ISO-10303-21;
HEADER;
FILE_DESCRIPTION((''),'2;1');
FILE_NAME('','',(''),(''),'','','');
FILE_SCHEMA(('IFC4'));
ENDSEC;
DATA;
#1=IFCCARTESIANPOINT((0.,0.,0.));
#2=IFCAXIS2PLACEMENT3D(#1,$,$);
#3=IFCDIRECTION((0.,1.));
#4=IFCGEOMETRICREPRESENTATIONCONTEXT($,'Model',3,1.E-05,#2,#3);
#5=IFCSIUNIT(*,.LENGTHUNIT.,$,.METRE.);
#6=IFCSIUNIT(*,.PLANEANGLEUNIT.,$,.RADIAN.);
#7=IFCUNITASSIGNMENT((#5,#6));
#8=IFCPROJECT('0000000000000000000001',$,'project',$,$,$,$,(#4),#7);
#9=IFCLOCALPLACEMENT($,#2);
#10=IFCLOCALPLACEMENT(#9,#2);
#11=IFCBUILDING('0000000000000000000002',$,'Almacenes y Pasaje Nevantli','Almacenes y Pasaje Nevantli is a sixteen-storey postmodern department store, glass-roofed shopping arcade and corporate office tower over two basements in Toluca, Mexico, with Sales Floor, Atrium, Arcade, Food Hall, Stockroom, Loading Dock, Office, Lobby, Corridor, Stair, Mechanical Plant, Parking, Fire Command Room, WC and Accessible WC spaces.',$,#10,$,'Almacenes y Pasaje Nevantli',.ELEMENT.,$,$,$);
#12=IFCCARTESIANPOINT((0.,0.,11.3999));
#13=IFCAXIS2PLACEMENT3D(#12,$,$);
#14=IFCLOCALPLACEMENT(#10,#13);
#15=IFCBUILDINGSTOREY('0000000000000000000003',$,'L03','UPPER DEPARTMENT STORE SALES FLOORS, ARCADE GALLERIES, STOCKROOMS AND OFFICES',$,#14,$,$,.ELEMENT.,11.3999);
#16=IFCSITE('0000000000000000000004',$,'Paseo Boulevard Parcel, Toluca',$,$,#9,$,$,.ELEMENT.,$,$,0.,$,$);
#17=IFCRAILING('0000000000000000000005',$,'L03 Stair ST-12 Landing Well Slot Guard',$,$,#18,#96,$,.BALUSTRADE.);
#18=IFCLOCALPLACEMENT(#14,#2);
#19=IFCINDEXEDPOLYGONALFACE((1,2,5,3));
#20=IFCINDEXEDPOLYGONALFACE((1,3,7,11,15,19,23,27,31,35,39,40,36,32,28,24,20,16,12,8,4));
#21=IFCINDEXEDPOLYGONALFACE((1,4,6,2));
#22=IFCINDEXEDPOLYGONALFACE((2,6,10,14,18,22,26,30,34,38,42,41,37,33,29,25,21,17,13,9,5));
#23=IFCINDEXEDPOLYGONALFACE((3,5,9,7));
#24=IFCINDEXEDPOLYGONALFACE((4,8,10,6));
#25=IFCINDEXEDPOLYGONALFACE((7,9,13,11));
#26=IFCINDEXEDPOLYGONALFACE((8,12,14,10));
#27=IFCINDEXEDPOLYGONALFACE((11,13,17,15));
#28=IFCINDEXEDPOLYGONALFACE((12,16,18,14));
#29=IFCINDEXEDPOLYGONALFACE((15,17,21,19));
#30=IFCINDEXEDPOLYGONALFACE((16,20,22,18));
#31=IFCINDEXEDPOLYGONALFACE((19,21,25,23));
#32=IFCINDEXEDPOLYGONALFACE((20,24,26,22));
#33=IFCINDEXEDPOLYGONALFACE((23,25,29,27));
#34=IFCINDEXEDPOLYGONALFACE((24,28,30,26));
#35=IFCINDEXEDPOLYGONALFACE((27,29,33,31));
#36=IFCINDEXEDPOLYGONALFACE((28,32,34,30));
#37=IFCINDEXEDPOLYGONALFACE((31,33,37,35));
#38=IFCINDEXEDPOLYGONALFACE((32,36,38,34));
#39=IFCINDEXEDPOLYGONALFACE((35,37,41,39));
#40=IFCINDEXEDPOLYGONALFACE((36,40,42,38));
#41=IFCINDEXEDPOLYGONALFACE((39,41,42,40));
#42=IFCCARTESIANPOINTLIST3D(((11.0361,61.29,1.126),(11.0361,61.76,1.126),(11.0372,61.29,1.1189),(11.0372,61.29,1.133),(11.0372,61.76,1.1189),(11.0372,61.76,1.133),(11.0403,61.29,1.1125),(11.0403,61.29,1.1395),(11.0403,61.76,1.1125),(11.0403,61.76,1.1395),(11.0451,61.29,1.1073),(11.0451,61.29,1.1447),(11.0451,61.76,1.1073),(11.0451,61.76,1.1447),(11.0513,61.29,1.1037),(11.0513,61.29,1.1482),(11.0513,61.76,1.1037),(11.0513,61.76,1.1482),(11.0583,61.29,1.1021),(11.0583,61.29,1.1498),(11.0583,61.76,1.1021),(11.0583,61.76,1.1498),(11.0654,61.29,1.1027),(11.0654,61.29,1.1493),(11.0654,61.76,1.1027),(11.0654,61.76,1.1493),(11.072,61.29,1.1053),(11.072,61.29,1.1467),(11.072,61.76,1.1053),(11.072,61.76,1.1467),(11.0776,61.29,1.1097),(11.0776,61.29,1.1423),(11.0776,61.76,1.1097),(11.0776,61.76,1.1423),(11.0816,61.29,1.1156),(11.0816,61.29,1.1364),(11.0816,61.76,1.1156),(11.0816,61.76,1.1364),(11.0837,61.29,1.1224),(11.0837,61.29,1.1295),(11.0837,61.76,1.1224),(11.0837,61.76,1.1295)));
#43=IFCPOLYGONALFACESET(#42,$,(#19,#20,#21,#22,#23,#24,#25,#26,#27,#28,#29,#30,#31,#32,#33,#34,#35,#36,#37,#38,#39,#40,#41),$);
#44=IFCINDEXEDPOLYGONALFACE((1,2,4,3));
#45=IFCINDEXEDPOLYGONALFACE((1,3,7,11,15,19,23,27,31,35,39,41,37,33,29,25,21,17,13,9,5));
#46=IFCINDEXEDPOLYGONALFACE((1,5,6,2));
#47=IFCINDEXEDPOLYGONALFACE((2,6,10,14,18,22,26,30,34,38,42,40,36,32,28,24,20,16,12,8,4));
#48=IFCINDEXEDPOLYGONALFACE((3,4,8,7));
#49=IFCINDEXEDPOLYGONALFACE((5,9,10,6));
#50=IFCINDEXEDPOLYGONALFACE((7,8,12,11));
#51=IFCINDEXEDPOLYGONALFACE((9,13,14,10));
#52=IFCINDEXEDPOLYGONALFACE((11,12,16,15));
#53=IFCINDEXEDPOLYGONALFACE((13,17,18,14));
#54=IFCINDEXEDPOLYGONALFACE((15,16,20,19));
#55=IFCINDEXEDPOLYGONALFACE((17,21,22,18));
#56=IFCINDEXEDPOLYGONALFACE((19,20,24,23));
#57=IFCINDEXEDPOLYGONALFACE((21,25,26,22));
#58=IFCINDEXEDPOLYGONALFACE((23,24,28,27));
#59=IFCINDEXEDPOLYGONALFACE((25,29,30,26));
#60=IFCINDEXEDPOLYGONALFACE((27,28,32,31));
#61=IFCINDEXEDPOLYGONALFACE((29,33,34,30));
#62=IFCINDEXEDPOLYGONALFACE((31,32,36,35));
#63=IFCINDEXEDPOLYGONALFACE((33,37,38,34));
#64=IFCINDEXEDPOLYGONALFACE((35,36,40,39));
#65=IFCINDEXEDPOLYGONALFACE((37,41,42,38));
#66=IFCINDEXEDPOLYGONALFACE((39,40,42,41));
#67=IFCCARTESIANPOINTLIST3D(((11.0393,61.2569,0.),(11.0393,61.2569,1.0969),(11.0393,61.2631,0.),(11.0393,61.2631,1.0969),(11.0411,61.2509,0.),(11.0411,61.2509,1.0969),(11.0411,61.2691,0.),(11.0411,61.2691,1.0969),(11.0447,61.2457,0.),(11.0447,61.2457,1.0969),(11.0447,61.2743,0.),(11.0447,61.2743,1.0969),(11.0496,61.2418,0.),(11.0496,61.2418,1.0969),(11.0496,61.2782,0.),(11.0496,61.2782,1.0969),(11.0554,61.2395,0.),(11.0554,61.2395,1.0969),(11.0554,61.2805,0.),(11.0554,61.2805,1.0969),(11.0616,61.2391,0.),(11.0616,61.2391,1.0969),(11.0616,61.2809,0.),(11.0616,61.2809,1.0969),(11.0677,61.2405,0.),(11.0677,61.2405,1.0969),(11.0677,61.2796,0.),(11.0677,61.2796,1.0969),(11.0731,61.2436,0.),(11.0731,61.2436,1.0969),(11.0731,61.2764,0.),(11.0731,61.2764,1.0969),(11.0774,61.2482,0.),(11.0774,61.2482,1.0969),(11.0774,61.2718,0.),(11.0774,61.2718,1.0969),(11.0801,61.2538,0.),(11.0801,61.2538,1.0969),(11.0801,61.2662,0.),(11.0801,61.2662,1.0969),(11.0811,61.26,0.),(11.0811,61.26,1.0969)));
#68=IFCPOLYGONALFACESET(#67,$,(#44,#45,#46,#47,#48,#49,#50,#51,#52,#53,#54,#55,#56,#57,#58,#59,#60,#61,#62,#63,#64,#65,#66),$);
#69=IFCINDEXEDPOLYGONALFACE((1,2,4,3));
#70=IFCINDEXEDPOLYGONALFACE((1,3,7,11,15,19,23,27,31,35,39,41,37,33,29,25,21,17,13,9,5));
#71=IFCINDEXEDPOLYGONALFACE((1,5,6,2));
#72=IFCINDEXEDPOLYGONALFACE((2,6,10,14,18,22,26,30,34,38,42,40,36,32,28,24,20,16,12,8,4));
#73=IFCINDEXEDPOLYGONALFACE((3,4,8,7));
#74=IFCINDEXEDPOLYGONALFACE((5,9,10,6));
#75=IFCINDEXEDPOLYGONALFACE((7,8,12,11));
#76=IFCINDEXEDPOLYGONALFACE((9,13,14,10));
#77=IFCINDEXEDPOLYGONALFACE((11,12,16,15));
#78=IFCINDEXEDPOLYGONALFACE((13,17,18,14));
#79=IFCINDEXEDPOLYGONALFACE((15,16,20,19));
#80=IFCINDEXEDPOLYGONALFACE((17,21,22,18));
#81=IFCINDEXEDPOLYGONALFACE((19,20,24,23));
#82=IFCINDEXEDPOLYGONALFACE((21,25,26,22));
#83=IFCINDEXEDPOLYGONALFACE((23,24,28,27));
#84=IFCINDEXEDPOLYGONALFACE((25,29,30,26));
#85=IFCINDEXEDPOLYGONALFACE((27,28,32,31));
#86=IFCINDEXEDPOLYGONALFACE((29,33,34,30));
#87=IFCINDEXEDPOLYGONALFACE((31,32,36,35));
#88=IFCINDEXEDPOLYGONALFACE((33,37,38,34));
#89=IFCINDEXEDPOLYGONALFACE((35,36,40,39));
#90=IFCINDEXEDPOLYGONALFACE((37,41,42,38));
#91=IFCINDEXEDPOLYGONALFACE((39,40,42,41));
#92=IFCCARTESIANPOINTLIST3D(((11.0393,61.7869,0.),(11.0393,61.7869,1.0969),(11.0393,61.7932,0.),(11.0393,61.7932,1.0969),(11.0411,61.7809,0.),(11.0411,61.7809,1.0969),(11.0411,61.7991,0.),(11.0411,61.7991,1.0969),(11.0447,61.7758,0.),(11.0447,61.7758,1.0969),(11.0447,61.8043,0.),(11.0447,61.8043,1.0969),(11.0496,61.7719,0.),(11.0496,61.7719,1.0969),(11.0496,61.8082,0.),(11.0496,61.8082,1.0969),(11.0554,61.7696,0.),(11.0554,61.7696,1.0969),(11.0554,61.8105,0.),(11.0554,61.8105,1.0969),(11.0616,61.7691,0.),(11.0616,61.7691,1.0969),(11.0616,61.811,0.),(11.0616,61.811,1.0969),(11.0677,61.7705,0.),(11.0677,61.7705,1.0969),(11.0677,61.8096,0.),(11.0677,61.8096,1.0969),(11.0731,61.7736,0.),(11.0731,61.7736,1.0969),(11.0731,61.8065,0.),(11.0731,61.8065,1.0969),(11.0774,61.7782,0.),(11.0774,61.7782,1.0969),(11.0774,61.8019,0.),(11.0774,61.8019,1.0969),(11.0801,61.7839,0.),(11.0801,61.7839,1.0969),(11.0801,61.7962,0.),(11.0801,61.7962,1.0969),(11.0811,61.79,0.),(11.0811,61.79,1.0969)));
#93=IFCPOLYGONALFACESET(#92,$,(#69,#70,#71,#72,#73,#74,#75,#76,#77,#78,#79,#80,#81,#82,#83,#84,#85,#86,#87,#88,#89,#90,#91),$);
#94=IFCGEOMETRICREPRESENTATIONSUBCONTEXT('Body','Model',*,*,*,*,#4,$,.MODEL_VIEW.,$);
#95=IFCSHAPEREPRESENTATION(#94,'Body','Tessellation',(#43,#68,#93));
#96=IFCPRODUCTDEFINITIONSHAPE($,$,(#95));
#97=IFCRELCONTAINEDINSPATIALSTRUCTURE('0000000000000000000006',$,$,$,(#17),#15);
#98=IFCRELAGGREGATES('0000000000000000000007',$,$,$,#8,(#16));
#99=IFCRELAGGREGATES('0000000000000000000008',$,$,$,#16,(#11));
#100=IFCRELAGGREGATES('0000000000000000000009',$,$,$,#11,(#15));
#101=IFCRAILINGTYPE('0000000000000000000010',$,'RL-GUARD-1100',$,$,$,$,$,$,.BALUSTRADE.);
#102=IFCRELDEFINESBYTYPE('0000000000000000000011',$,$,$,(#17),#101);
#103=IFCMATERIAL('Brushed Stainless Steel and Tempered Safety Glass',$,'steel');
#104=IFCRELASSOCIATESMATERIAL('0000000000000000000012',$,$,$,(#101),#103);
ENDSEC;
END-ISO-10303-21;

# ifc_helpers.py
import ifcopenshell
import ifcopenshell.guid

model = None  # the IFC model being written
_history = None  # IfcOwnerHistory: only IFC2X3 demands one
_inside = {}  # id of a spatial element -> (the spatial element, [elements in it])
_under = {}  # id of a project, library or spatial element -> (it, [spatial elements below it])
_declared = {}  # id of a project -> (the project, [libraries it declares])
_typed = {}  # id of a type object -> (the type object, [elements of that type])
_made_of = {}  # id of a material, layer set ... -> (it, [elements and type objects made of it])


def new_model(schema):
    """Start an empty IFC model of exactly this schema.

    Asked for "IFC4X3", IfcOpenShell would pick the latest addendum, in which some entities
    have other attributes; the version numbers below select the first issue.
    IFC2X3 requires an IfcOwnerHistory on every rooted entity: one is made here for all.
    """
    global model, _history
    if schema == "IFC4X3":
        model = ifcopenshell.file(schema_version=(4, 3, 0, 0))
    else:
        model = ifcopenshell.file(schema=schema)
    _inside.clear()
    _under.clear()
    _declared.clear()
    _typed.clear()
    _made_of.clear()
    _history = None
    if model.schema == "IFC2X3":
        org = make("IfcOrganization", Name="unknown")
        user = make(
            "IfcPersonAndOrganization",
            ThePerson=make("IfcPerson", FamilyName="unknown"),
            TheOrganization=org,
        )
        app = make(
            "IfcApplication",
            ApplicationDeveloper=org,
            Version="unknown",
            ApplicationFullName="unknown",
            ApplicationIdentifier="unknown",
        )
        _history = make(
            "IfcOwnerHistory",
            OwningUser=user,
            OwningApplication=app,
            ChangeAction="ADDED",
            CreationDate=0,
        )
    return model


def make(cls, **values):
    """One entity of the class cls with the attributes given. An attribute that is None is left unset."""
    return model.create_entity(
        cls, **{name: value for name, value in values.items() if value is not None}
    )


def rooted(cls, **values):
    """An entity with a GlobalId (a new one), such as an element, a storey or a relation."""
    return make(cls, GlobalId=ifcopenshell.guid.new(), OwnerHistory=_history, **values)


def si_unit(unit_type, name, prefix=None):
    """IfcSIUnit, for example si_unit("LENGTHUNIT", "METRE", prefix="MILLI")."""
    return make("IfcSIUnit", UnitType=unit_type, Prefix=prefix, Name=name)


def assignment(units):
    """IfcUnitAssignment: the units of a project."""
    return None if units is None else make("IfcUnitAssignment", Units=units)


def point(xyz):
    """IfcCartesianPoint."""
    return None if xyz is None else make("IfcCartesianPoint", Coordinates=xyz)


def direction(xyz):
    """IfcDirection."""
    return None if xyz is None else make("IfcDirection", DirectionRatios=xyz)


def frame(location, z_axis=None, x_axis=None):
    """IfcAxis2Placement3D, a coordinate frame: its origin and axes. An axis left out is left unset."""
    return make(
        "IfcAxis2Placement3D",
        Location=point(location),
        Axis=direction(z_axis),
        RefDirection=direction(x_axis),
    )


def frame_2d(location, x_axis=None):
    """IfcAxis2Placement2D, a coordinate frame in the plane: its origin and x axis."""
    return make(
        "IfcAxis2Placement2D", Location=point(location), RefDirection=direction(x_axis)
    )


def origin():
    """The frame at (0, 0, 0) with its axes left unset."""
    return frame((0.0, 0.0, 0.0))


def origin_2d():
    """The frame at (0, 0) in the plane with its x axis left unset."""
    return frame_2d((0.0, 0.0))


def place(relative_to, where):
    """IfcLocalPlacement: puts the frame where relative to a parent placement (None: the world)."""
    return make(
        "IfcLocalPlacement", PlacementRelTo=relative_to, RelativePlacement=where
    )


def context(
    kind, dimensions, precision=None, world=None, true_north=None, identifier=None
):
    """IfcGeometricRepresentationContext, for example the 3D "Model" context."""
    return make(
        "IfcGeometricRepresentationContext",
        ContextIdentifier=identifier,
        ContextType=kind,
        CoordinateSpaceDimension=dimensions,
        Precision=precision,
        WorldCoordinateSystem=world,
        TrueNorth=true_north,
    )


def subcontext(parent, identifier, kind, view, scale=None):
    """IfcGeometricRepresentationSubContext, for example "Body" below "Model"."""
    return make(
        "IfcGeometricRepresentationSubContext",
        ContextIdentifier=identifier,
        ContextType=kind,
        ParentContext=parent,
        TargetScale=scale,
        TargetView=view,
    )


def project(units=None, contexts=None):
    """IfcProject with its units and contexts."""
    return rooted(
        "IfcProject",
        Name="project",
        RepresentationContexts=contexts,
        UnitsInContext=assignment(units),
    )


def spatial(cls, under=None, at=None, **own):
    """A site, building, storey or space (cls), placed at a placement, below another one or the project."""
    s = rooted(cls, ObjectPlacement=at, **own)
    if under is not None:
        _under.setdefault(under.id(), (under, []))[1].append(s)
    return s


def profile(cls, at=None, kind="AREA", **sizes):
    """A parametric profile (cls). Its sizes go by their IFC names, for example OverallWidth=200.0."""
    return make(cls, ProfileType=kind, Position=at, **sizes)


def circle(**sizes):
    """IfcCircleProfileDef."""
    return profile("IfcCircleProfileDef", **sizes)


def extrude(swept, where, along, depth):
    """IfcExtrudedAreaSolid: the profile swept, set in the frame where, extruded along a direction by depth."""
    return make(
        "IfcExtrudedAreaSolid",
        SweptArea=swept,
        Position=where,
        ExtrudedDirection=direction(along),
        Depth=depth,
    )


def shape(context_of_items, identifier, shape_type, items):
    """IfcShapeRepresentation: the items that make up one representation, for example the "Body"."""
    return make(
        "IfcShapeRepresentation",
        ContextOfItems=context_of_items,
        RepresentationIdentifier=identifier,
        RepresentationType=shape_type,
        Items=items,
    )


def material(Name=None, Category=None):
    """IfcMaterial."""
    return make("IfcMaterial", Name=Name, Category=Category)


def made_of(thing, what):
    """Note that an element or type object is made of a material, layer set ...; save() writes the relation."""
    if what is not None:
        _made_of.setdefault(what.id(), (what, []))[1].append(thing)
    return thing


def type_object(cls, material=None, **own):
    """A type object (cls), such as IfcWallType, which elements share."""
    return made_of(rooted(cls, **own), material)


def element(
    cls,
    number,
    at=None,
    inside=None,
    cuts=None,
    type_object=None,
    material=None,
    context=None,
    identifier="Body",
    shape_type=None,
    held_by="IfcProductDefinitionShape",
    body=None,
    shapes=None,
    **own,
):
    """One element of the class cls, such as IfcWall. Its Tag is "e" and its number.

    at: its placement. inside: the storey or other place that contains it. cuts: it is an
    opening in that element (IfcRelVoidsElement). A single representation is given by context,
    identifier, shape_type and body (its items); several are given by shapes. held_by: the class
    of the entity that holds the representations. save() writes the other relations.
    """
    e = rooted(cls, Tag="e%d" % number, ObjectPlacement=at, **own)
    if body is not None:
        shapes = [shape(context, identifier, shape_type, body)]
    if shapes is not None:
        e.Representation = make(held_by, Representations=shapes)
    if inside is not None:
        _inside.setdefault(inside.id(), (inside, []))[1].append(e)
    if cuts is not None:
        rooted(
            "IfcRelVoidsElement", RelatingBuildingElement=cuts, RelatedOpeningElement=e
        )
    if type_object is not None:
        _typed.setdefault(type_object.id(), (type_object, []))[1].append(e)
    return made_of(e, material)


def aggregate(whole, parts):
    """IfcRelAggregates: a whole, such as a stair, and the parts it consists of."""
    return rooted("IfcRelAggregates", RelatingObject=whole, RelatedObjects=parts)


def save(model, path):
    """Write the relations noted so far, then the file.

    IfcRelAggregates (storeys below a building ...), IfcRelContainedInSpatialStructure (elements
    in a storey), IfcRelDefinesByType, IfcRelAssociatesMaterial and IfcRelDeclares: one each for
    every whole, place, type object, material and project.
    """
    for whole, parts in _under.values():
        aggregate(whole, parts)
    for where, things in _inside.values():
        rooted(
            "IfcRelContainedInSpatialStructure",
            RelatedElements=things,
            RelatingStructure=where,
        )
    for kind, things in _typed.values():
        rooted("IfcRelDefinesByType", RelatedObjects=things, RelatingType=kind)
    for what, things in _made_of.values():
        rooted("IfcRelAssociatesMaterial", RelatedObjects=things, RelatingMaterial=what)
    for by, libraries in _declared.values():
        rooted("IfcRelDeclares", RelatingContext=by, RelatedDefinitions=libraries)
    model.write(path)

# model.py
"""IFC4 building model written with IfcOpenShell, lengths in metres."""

from ifc_helpers import new_model, si_unit, direction, frame, origin, origin_2d, place, context, subcontext, project, spatial, circle, extrude, material, type_object, element, save


model = new_model("IFC4")

# Units and contexts
model_context = context("Model", 3, precision=1e-05, world=origin(), true_north=direction((0.0, 1.0)))
body_context = subcontext(model_context, "Body", "Model", "MODEL_VIEW")
ifc_project = project(units=[si_unit("LENGTHUNIT", "METRE"), si_unit("PLANEANGLEUNIT", "RADIAN")], contexts=[model_context])

# Site, building, storey
site_placement = place(None, origin())
site = spatial("IfcSite", under=ifc_project, at=site_placement, Name="Paseo Boulevard Parcel, Toluca", CompositionType="ELEMENT", RefElevation=0.0)
building_placement = place(site_placement, origin())
building = spatial("IfcBuilding", under=site, at=building_placement, Name="Almacenes y Pasaje Nevantli", Description="Almacenes y Pasaje Nevantli is a sixteen-storey postmodern department store, glass-roofed shopping arcade and corporate office tower over two basements in Toluca, Mexico, with Sales Floor, Atrium, Arcade, Food Hall, Stockroom, Loading Dock, Office, Lobby, Corridor, Stair, Mechanical Plant, Parking, Fire Command Room, WC and Accessible WC spaces.", LongName="Almacenes y Pasaje Nevantli", CompositionType="ELEMENT")
storey_placement = place(building_placement, frame((0.0, 0.0, 11.3999)))
storey = spatial("IfcBuildingStorey", under=building, at=storey_placement, Name="L03", Description="UPPER DEPARTMENT STORE SALES FLOORS, ARCADE GALLERIES, STOCKROOMS AND OFFICES", CompositionType="ELEMENT", Elevation=11.3999)

# Railing
ifc_material_1 = material(Name="Brushed Stainless Steel and Tempered Safety Glass", Category="steel")
railing_type_1 = type_object("IfcRailingType", Name="RL-GUARD-1100", PredefinedType="BALUSTRADE", material=ifc_material_1)
railing_1_placement = place(storey_placement, frame((11.0601, 61.26, 0.0)))
element("IfcRailing", 1, at=railing_1_placement, inside=storey, type_object=railing_type_1, Name="L03 Stair ST-12 Landing Well Slot Guard", PredefinedType="BALUSTRADE", context=body_context, shape_type="SweptSolid", body=[
    extrude(circle(Radius=0.0239, at=origin_2d()), frame((0.0, 0.03, 1.126), z_axis=(0.0, 1.0, 0.0), x_axis=(-1.0, 0.0, 0.0)), (0.0, 0.0, 1.0), 0.47),
    extrude(circle(Radius=0.021, at=origin_2d()), origin(), (0.0, 0.0, 1.0), 1.0969),
    extrude(circle(Radius=0.021, at=origin_2d()), frame((0.0, 0.53, 0.0)), (0.0, 0.0, 1.0), 1.0969),
])

save(model, "model.ifc")
